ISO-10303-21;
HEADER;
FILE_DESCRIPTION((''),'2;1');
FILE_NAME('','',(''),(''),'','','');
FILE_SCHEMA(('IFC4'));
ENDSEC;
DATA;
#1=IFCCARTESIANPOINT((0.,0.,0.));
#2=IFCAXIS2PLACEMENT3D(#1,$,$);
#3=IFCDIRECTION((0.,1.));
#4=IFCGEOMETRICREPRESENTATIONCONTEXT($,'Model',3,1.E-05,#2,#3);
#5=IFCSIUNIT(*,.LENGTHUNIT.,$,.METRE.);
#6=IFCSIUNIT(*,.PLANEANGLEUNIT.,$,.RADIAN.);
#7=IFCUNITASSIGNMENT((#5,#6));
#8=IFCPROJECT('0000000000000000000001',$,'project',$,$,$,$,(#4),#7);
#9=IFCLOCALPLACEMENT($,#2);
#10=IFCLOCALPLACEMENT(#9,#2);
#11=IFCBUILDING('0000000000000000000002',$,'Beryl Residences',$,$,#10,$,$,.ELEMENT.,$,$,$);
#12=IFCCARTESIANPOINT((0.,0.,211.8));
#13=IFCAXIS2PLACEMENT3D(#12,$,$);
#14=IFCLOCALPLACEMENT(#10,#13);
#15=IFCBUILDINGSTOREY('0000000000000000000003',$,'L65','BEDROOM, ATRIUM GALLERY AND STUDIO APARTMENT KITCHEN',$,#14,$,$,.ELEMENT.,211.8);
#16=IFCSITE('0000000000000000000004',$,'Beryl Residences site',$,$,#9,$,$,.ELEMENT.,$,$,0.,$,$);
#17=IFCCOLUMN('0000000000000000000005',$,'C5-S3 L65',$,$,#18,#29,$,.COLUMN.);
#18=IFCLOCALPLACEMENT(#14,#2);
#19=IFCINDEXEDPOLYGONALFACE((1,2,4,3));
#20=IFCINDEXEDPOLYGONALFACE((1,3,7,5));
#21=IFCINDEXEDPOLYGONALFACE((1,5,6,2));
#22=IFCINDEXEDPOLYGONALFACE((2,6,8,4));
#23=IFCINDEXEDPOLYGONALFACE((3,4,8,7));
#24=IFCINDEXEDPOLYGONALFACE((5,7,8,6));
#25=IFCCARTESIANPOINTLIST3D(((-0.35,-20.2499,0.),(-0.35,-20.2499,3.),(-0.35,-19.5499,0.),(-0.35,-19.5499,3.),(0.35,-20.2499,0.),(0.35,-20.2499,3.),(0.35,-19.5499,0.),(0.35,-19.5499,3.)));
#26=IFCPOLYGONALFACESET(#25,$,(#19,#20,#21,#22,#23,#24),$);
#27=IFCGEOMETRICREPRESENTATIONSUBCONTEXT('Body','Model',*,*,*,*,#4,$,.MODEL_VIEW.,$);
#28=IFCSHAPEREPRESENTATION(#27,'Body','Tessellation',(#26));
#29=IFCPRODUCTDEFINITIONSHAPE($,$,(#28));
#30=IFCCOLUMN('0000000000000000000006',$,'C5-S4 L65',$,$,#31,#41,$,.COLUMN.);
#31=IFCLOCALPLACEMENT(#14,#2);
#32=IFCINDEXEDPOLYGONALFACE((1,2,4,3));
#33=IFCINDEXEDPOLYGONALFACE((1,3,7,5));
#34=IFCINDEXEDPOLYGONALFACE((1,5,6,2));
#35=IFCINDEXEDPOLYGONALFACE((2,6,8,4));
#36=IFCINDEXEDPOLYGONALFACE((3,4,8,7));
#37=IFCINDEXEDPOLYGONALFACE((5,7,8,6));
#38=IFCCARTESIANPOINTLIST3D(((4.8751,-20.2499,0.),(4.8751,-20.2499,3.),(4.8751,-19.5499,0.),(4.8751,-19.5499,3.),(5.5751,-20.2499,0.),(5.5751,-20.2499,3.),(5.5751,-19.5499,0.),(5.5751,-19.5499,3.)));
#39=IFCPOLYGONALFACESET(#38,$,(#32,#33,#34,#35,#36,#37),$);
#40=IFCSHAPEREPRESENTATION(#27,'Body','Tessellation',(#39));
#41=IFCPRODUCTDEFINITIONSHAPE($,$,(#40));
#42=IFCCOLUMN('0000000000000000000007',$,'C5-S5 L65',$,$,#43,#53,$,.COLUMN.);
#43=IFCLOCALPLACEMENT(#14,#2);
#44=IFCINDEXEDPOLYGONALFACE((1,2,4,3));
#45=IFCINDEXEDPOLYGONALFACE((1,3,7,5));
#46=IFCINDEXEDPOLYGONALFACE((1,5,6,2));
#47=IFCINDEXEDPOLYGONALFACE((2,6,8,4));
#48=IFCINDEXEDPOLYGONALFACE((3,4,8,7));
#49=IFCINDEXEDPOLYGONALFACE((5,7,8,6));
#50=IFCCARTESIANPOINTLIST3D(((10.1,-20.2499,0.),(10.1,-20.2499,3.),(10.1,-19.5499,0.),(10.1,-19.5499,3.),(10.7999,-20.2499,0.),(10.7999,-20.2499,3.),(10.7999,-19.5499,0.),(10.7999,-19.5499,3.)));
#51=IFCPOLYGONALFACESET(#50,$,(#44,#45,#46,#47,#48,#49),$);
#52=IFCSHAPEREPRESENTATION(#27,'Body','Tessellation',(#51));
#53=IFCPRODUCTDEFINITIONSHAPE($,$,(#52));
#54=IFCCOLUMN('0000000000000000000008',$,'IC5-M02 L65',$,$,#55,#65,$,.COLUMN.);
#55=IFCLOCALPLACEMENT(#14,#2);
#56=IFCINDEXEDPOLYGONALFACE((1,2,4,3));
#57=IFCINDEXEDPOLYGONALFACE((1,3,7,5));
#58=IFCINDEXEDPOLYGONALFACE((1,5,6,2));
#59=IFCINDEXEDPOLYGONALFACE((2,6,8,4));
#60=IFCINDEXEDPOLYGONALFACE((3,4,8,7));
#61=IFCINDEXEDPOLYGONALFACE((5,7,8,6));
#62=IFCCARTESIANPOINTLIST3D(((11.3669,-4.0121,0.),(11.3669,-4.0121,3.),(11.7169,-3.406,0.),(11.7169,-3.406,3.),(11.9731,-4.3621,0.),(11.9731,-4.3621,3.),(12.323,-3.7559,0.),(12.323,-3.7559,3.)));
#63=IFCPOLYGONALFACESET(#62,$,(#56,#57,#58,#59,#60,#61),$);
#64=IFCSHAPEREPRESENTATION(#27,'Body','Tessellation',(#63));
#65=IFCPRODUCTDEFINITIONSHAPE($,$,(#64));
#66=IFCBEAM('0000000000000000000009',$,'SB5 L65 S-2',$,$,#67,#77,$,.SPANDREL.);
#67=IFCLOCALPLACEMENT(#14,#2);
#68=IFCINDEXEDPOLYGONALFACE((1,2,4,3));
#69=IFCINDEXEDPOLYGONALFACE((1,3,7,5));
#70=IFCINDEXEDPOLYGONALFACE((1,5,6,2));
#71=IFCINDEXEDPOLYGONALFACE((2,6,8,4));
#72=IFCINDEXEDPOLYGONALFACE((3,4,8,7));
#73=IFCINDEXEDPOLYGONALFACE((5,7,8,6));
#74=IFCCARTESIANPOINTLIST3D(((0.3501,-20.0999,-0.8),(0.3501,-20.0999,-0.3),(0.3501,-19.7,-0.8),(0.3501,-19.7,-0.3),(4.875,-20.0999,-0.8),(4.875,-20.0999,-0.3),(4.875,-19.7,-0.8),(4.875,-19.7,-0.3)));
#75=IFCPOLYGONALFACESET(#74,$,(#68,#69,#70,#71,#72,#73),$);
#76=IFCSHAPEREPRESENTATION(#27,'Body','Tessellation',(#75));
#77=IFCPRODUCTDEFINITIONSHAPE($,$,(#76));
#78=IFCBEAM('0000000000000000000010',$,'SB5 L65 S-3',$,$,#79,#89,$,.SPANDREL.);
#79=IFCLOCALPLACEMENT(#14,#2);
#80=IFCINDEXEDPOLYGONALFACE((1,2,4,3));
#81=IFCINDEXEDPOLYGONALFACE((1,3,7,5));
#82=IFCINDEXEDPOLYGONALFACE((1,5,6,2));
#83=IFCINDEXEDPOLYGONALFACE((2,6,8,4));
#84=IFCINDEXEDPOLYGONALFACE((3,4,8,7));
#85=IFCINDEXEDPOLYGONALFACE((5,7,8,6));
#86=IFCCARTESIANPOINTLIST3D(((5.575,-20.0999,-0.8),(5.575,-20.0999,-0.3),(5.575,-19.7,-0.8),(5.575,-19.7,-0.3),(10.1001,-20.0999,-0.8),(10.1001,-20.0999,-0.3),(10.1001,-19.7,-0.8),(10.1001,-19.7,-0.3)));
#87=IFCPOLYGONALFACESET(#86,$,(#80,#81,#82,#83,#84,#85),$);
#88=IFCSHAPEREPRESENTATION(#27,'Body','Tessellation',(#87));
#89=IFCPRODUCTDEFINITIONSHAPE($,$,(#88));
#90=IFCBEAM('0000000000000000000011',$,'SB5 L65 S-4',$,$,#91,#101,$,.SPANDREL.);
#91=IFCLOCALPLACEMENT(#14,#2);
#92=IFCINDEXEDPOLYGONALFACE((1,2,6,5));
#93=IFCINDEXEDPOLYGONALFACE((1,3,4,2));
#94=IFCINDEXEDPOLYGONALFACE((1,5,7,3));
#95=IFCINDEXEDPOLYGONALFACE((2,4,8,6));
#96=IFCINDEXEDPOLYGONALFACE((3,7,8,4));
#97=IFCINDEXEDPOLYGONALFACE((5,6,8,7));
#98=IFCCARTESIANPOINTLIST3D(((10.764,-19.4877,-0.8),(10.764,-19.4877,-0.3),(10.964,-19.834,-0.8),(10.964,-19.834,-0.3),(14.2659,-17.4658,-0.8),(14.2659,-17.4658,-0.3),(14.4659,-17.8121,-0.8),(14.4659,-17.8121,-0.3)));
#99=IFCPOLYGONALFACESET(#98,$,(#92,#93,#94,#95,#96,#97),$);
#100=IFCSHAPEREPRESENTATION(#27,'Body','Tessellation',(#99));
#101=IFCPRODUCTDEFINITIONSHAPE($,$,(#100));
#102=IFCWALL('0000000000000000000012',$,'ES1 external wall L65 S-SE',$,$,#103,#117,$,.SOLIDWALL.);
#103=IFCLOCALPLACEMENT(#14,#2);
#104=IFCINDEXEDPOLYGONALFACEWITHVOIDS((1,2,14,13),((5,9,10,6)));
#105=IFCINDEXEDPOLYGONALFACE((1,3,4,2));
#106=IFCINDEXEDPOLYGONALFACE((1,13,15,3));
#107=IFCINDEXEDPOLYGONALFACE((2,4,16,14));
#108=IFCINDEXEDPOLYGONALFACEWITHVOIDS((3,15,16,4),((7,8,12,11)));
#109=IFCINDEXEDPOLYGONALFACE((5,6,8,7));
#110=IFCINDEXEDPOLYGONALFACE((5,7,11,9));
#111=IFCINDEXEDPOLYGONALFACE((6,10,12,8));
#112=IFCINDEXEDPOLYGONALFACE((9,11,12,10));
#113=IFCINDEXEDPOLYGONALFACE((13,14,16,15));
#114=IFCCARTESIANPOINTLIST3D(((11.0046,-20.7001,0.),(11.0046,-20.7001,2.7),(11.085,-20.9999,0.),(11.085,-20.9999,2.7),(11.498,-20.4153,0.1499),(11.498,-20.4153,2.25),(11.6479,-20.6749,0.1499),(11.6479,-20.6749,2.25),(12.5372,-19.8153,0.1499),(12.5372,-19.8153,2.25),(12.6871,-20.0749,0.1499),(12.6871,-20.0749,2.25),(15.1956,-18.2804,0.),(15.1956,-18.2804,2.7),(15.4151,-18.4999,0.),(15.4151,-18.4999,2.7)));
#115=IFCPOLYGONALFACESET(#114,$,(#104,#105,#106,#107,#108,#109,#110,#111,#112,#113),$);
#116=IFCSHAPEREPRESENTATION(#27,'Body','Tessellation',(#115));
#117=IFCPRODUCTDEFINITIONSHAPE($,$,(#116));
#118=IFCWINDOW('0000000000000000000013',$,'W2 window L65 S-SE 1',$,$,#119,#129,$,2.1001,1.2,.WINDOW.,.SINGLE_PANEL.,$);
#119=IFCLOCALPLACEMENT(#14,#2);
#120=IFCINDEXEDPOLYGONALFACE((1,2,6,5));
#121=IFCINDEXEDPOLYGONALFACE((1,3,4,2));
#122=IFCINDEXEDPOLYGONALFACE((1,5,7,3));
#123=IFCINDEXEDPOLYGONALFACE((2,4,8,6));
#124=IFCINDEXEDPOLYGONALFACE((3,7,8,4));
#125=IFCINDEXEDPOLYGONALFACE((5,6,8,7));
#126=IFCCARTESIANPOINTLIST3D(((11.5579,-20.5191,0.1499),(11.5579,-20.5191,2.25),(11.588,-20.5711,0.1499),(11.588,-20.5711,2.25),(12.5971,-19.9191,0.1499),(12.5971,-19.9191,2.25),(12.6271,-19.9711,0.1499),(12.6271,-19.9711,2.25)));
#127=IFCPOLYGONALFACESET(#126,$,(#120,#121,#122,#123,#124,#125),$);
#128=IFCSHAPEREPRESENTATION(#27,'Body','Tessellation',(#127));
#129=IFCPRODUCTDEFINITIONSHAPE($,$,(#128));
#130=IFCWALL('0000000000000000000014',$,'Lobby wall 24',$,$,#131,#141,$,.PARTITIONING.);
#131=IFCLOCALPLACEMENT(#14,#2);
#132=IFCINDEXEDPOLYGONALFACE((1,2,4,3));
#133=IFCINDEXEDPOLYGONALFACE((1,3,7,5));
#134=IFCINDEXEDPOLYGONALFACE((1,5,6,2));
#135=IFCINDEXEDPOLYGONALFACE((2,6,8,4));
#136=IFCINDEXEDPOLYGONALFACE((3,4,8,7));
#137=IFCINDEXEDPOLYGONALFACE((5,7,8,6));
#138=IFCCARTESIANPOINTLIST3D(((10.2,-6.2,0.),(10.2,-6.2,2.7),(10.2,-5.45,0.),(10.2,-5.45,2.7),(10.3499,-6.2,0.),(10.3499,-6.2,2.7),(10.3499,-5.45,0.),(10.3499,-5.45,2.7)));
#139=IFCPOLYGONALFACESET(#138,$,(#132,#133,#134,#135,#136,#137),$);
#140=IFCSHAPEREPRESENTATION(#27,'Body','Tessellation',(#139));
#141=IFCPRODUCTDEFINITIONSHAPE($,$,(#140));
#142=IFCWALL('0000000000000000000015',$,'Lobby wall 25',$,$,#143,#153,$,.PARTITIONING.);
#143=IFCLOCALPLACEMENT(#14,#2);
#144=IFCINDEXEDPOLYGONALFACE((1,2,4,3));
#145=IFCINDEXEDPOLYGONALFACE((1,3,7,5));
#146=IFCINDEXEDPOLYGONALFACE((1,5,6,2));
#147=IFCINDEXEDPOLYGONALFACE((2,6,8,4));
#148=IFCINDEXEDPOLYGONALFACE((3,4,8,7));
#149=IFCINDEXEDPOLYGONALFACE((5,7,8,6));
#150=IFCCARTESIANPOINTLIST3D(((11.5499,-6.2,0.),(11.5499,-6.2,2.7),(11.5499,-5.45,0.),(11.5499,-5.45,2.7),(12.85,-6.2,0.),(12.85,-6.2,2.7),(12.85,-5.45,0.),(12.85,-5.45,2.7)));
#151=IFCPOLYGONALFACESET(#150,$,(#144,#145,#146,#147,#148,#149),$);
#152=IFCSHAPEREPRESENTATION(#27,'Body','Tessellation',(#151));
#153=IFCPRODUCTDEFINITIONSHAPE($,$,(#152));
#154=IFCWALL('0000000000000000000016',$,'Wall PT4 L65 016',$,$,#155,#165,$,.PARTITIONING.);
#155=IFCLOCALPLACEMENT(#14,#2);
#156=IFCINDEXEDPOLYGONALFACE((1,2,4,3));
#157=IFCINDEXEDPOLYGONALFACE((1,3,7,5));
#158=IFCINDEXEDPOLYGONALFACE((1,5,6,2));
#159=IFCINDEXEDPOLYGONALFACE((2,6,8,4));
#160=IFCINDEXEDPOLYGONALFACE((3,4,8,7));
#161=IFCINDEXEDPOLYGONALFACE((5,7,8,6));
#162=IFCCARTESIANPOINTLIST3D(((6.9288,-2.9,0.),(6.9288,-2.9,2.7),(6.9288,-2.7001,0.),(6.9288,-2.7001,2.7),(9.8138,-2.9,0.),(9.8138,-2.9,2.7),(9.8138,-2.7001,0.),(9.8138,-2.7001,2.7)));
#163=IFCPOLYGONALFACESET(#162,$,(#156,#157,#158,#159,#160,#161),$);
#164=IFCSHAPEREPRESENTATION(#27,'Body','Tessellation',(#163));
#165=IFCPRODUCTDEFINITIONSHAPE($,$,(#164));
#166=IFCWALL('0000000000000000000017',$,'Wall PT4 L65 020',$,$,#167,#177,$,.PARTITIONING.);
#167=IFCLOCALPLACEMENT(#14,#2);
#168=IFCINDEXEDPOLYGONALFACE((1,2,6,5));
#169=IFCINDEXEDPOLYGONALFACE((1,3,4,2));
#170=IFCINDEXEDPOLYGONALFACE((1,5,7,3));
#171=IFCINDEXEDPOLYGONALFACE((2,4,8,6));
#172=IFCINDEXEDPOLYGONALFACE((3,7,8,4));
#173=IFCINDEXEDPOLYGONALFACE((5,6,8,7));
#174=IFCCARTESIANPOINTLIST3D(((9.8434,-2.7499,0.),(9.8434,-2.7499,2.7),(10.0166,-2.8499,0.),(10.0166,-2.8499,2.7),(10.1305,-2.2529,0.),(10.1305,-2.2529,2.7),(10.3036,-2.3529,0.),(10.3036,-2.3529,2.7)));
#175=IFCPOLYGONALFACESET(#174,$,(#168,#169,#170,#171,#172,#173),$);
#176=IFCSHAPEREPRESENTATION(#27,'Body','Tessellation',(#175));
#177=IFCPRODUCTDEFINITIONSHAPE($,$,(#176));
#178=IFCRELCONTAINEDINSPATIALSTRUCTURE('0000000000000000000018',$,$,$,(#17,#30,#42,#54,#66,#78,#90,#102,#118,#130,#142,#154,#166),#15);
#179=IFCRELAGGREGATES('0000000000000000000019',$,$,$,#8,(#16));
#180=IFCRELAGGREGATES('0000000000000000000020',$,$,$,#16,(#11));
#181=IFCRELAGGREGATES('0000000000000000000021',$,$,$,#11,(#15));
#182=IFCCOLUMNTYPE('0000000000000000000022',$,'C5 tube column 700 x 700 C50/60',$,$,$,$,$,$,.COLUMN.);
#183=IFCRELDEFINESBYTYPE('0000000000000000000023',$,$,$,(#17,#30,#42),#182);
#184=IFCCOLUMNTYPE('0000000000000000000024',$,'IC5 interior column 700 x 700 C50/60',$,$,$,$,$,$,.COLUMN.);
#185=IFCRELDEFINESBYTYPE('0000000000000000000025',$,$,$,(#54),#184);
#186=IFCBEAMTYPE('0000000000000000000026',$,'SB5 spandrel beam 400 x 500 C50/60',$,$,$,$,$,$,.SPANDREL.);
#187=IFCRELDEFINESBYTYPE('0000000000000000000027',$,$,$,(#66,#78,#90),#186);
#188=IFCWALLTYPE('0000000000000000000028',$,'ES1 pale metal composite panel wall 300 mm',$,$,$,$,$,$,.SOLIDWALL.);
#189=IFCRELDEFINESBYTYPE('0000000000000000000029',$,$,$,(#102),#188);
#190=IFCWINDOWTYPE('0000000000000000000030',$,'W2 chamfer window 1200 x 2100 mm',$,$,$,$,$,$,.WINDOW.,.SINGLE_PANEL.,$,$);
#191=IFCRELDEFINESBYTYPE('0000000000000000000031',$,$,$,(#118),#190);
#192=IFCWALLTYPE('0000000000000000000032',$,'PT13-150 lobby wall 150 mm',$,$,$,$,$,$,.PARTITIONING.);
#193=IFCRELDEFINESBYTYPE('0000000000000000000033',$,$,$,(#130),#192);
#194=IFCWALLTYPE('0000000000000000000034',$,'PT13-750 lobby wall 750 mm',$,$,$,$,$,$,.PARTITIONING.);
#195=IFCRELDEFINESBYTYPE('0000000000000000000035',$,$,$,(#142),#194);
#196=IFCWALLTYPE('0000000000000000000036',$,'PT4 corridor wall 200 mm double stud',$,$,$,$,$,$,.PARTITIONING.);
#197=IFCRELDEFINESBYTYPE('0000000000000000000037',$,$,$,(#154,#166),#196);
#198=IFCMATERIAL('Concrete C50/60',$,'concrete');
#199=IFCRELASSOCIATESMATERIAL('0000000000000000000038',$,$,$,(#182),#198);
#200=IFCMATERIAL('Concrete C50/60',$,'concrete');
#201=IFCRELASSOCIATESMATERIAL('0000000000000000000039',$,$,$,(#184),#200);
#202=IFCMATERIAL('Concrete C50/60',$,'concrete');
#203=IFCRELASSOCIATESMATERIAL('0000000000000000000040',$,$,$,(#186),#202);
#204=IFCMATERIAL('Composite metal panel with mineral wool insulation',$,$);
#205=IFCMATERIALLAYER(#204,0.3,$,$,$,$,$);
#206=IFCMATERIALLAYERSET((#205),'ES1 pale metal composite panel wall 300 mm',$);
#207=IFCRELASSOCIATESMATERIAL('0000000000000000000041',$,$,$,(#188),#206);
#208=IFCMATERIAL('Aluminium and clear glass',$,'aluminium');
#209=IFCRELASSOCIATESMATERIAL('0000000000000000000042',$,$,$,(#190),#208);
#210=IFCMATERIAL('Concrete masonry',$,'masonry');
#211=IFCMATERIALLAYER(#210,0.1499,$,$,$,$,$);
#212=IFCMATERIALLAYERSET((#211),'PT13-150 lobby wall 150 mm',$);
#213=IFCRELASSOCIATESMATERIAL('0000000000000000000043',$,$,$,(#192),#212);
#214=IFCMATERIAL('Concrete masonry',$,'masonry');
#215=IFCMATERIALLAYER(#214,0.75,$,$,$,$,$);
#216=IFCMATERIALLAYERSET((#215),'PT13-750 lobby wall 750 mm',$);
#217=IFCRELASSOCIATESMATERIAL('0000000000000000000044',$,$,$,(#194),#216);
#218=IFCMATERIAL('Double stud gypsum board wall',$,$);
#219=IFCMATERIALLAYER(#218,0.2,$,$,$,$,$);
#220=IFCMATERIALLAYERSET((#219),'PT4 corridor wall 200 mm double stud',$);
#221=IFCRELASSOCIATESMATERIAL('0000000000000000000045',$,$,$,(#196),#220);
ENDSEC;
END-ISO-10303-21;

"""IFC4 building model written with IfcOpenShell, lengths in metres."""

from ifc_helpers import new_model, si_unit, direction, frame, frame_2d, origin, origin_2d, place, context, subcontext, project, spatial, polyline, rectangle, outline, extrude, material, layer, layer_set, material_profile, profile_set, type_object, element, fill, save


model = new_model("IFC4")

# Units and contexts
model_context = context("Model", 3, precision=1e-05, world=origin(), true_north=direction((0.0, 1.0)))
body_context = subcontext(model_context, "Body", "Model", "MODEL_VIEW")
ifc_project = project(units=[si_unit("LENGTHUNIT", "METRE"), si_unit("PLANEANGLEUNIT", "RADIAN")], contexts=[model_context])

# Site, building, storey
site_placement = place(None, origin())
site = spatial("IfcSite", under=ifc_project, at=site_placement, Name="Beryl Residences site", CompositionType="ELEMENT", RefElevation=0.0)
building_placement = place(site_placement, origin())
building = spatial("IfcBuilding", under=site, at=building_placement, Name="Beryl Residences", CompositionType="ELEMENT")
storey_placement = place(building_placement, frame((0.0, 0.0, 211.8)))
storey = spatial("IfcBuildingStorey", under=building, at=storey_placement, Name="L65", Description="BEDROOM, ATRIUM GALLERY AND STUDIO APARTMENT KITCHEN", CompositionType="ELEMENT", Elevation=211.8)

# Columns
ifc_material_1 = material(Name="Concrete C50/60", Category="concrete")
ifc_material_profile_1 = material_profile(ifc_material_1, rectangle(XDim=0.7, YDim=0.7, at=origin_2d()))
ifc_profile_set_1 = profile_set([ifc_material_profile_1], Name="Concrete C50/60")
column_type_1 = type_object("IfcColumnType", Name="C5 tube column 700 x 700 C50/60", PredefinedType="COLUMN", material=ifc_profile_set_1)
for number, where, z_axis, x_axis, name in (
    (1, (0.0, -19.8999, 0.0), (0.0, 0.0, 1.0), (1.0, 0.0, 0.0), "C5-S3 L65"),
    (2, (5.2251, -19.8999, 0.0), (0.0, 0.0, 1.0), (1.0, 0.0, 0.0), "C5-S4 L65"),
    (3, (10.45, -19.8999, 0.0), (0.0, 0.0, 1.0), (1.0, 0.0, 0.0), "C5-S5 L65"),
):
    element("IfcColumn", number, at=place(storey_placement, frame(where, z_axis=z_axis, x_axis=x_axis)), inside=storey, type_object=column_type_1, Name=name, PredefinedType="COLUMN", context=body_context, shape_type="SweptSolid", body=[
        extrude(rectangle(XDim=0.7, YDim=0.7, at=origin_2d()), origin(), (0.0, 0.0, 1.0), 3.0),
    ])
ifc_material_2 = material(Name="Concrete C50/60", Category="concrete")
ifc_material_profile_2 = material_profile(ifc_material_2, rectangle(XDim=0.7, YDim=0.7, at=origin_2d()))
ifc_profile_set_2 = profile_set([ifc_material_profile_2], Name="Concrete C50/60")
column_type_2 = type_object("IfcColumnType", Name="IC5 interior column 700 x 700 C50/60", PredefinedType="COLUMN", material=ifc_profile_set_2)
column_placement = place(storey_placement, frame((11.845, -3.884, 0.0), z_axis=(0.0, 0.0, 1.0), x_axis=(0.499985, 0.866034, 0.0)))
element("IfcColumn", 4, at=column_placement, inside=storey, type_object=column_type_2, Name="IC5-M02 L65", PredefinedType="COLUMN", context=body_context, shape_type="SweptSolid", body=[
    extrude(rectangle(XDim=0.7, YDim=0.7, at=origin_2d()), origin(), (0.0, 0.0, 1.0), 3.0),
])

# Beams
ifc_material_3 = material(Name="Concrete C50/60", Category="concrete")
ifc_material_profile_3 = material_profile(ifc_material_3, rectangle(XDim=0.3999, YDim=0.5, at=origin_2d()))
ifc_profile_set_3 = profile_set([ifc_material_profile_3], Name="Concrete C50/60")
beam_type = type_object("IfcBeamType", Name="SB5 spandrel beam 400 x 500 C50/60", PredefinedType="SPANDREL", material=ifc_profile_set_3)
beam_1_placement = place(storey_placement, frame((0.3501, -19.8999, -0.55), z_axis=(1.0, 0.0, 0.0), x_axis=(0.0, 1.0, 0.0)))
element("IfcBeam", 5, at=beam_1_placement, inside=storey, type_object=beam_type, Name="SB5 L65 S-2", PredefinedType="SPANDREL", context=body_context, shape_type="SweptSolid", body=[
    extrude(rectangle(XDim=0.3999, YDim=0.5, at=origin_2d()), origin(), (0.0, 0.0, 1.0), 4.5249),
])
beam_2_placement = place(storey_placement, frame((5.575, -19.8999, -0.55), z_axis=(1.0, 0.0, 0.0), x_axis=(0.0, 1.0, 0.0)))
element("IfcBeam", 6, at=beam_2_placement, inside=storey, type_object=beam_type, Name="SB5 L65 S-3", PredefinedType="SPANDREL", context=body_context, shape_type="SweptSolid", body=[
    extrude(rectangle(XDim=0.3999, YDim=0.5, at=origin_2d()), origin(), (0.0, 0.0, 1.0), 4.5251),
])
beam_3_placement = place(storey_placement, frame((10.864, -19.6609, -0.55), z_axis=(0.866013, 0.500022, 0.0), x_axis=(-0.500022, 0.866013, 0.0)))
element("IfcBeam", 7, at=beam_3_placement, inside=storey, type_object=beam_type, Name="SB5 L65 S-4", PredefinedType="SPANDREL", context=body_context, shape_type="SweptSolid", body=[
    extrude(rectangle(XDim=0.3999, YDim=0.5, at=origin_2d()), origin(), (0.0, 0.0, 1.0), 4.0437),
])

# Wall, opening, window
ifc_material_4 = material(Name="Composite metal panel with mineral wool insulation")
ifc_layer_1 = layer(ifc_material_4, 0.3)
ifc_layer_set_1 = layer_set([ifc_layer_1], Name="ES1 pale metal composite panel wall 300 mm")
wall_type_1 = type_object("IfcWallType", Name="ES1 pale metal composite panel wall 300 mm", PredefinedType="SOLIDWALL", material=ifc_layer_set_1)
wall_1_placement = place(storey_placement, frame((11.01, -20.8701, 0.0), z_axis=(0.0, 0.0, 1.0), x_axis=(0.866023, 0.500004, 0.0)))
wall_1 = element("IfcWall", 8, at=wall_1_placement, inside=storey, type_object=wall_type_1, Name="ES1 external wall L65 S-SE", PredefinedType="SOLIDWALL", context=body_context, shape_type="SweptSolid", body=[
    extrude(outline(polyline([(0.0, -0.1499), (5.0, -0.1499), (4.9197, 0.1499), (0.0803, 0.1499), (0.0, -0.1499)])), origin(), (0.0, 0.0, 1.0), 2.7),
])
opening_placement = place(wall_1_placement, frame((0.6499, 0.0, 0.1499)))
opening = element("IfcOpeningElement", 9, at=opening_placement, cuts=wall_1, PredefinedType="OPENING", context=body_context, shape_type="SweptSolid", body=[
    extrude(rectangle(XDim=1.2, YDim=2.1001, at=frame_2d((0.6001, 1.05))), frame((0.0, 0.1599, 0.0), z_axis=(0.0, -1.0, 0.0), x_axis=(1.0, 0.0, 0.0)), (0.0, 0.0, 1.0), 0.3201),
])
ifc_material_5 = material(Name="Aluminium and clear glass", Category="aluminium")
window_type = type_object("IfcWindowType", Name="W2 chamfer window 1200 x 2100 mm", PartitioningType="SINGLE_PANEL", PredefinedType="WINDOW", material=ifc_material_5)
window_placement = place(opening_placement, origin())
window = element("IfcWindow", 10, at=window_placement, inside=storey, type_object=window_type, Name="W2 window L65 S-SE 1", OverallHeight=2.1001, OverallWidth=1.2, PartitioningType="SINGLE_PANEL", PredefinedType="WINDOW", context=body_context, shape_type="SweptSolid", body=[
    extrude(rectangle(XDim=1.2, YDim=2.1001, at=frame_2d((0.6001, 1.05))), frame((0.0, 0.03, 0.0), z_axis=(0.0, -1.0, 0.0), x_axis=(1.0, 0.0, 0.0)), (0.0, 0.0, 1.0), 0.0601),
])
fill(opening, window)

# Walls
ifc_material_6 = material(Name="Concrete masonry", Category="masonry")
ifc_layer_2 = layer(ifc_material_6, 0.1499)
ifc_layer_set_2 = layer_set([ifc_layer_2], Name="PT13-150 lobby wall 150 mm")
wall_type_2 = type_object("IfcWallType", Name="PT13-150 lobby wall 150 mm", PredefinedType="PARTITIONING", material=ifc_layer_set_2)
wall_2_placement = place(storey_placement, frame((10.2749, -6.2, 0.0), z_axis=(0.0, 0.0, 1.0), x_axis=(0.0, 1.0, 0.0)))
element("IfcWall", 11, at=wall_2_placement, inside=storey, type_object=wall_type_2, Name="Lobby wall 24", PredefinedType="PARTITIONING", context=body_context, shape_type="SweptSolid", body=[
    extrude(rectangle(XDim=0.75, YDim=0.1499, at=frame_2d((0.375, 0.0))), origin(), (0.0, 0.0, 1.0), 2.7),
])
ifc_material_7 = material(Name="Concrete masonry", Category="masonry")
ifc_layer_3 = layer(ifc_material_7, 0.75)
ifc_layer_set_3 = layer_set([ifc_layer_3], Name="PT13-750 lobby wall 750 mm")
wall_type_3 = type_object("IfcWallType", Name="PT13-750 lobby wall 750 mm", PredefinedType="PARTITIONING", material=ifc_layer_set_3)
wall_3_placement = place(storey_placement, frame((11.55, -5.825, 0.0), z_axis=(0.0, 0.0, 1.0), x_axis=(1.0, 0.0, 0.0)))
element("IfcWall", 12, at=wall_3_placement, inside=storey, type_object=wall_type_3, Name="Lobby wall 25", PredefinedType="PARTITIONING", context=body_context, shape_type="SweptSolid", body=[
    extrude(rectangle(XDim=1.3, YDim=0.75, at=frame_2d((0.6499, 0.0))), origin(), (0.0, 0.0, 1.0), 2.7),
])
ifc_material_8 = material(Name="Double stud gypsum board wall")
ifc_layer_4 = layer(ifc_material_8, 0.2)
ifc_layer_set_4 = layer_set([ifc_layer_4], Name="PT4 corridor wall 200 mm double stud")
wall_type_4 = type_object("IfcWallType", Name="PT4 corridor wall 200 mm double stud", PredefinedType="PARTITIONING", material=ifc_layer_set_4)
wall_4_placement = place(storey_placement, frame((6.929, -2.8, 0.0), z_axis=(0.0, 0.0, 1.0), x_axis=(1.0, 0.0, 0.0)))
element("IfcWall", 13, at=wall_4_placement, inside=storey, type_object=wall_type_4, Name="Wall PT4 L65 016", PredefinedType="PARTITIONING", context=body_context, shape_type="SweptSolid", body=[
    extrude(rectangle(XDim=2.885, YDim=0.2, at=frame_2d((1.4424, 0.0))), origin(), (0.0, 0.0, 1.0), 2.7),
])
wall_5_placement = place(storey_placement, frame((9.9299, -2.8, 0.0), z_axis=(0.0, 0.0, 1.0), x_axis=(0.500164, 0.865931, 0.0)))
element("IfcWall", 14, at=wall_5_placement, inside=storey, type_object=wall_type_4, Name="Wall PT4 L65 020", PredefinedType="PARTITIONING", context=body_context, shape_type="SweptSolid", body=[
    extrude(rectangle(XDim=0.574, YDim=0.2, at=frame_2d((0.2871, 0.0))), origin(), (0.0, 0.0, 1.0), 2.7),
])

save(model, "model.ifc")
